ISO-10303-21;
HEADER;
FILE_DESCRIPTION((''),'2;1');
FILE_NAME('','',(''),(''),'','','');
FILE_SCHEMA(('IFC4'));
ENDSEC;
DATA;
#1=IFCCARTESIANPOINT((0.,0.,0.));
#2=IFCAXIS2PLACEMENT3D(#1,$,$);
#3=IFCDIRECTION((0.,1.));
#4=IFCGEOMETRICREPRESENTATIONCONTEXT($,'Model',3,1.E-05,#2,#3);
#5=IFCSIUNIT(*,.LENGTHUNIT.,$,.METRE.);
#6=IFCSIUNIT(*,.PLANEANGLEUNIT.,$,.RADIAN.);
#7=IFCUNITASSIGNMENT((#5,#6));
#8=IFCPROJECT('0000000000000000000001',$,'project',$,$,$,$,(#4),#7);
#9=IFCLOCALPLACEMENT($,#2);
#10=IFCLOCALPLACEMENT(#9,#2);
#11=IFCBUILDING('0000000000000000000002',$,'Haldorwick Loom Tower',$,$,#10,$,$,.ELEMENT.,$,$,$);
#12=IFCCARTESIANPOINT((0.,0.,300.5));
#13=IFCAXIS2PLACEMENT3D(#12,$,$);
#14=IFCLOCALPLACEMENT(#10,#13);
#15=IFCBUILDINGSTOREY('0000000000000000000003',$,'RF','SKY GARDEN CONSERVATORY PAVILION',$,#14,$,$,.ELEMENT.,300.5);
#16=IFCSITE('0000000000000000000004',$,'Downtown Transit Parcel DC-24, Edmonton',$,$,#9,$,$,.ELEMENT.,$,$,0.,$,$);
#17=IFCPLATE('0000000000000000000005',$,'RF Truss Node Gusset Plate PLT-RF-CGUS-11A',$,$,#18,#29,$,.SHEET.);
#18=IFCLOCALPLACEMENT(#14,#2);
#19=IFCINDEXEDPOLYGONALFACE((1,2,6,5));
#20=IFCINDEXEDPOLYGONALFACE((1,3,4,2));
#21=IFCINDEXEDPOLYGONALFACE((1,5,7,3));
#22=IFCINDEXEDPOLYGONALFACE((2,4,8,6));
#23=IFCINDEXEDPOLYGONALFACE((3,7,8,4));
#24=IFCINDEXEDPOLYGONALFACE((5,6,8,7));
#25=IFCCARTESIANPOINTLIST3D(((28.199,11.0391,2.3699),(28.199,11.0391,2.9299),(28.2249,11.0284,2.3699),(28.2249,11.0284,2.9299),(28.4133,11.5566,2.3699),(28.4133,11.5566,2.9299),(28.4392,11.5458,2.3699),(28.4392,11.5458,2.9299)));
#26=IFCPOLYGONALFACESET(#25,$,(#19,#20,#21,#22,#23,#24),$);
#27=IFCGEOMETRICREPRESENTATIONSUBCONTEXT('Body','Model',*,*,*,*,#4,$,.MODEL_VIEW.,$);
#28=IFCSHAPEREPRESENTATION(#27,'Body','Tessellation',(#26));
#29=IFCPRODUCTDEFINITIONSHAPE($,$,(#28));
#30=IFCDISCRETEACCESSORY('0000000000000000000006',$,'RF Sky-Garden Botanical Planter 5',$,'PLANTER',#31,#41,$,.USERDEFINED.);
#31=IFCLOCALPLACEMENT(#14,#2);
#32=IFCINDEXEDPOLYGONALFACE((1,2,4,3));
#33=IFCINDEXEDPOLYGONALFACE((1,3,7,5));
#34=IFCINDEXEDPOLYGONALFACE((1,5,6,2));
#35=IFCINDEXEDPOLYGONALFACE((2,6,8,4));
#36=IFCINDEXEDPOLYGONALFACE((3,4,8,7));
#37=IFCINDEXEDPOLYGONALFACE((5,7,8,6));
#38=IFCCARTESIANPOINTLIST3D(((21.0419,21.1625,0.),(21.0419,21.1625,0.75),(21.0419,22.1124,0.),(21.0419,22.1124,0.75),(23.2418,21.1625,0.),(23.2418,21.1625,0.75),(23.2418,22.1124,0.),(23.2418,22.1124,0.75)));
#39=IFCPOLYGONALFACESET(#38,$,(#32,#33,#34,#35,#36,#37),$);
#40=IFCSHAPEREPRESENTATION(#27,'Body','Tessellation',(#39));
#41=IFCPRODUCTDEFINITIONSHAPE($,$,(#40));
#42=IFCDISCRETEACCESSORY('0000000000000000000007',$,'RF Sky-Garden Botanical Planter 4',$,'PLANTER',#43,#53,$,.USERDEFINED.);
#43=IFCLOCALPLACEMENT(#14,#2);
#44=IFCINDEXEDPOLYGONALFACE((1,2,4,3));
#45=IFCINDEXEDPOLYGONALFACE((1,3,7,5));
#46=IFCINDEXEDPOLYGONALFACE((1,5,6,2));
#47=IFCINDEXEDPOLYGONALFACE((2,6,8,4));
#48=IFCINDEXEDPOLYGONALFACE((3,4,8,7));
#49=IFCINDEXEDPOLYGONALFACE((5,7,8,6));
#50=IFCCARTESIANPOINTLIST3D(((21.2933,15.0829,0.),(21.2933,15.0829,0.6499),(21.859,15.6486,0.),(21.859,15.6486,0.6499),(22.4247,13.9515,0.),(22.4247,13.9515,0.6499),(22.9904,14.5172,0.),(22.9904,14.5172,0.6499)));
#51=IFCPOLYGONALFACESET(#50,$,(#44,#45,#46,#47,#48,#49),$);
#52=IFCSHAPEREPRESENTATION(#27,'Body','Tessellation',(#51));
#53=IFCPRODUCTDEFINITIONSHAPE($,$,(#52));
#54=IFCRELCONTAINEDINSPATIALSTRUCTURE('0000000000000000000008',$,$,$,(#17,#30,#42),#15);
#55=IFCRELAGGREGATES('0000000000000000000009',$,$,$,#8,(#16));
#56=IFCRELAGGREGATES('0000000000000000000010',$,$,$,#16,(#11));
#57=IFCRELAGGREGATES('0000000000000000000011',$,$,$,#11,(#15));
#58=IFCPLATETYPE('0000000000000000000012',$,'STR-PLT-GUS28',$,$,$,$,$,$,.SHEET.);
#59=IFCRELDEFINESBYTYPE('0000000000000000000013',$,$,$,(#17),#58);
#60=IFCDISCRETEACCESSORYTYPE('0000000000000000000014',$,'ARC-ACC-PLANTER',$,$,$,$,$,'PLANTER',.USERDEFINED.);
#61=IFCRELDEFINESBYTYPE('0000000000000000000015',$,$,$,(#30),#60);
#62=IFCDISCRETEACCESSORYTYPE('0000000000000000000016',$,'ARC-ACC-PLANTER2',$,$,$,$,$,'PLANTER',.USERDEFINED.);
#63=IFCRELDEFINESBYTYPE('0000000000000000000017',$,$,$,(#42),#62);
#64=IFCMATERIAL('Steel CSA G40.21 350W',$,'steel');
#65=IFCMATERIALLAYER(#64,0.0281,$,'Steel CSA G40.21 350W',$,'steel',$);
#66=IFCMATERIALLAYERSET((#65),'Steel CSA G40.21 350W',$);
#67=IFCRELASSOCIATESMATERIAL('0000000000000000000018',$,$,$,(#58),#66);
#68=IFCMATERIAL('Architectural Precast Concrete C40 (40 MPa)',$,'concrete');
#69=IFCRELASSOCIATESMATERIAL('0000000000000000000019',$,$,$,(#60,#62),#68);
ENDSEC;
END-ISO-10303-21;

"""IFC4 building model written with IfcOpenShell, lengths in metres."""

from ifc_helpers import new_model, si_unit, direction, frame, origin, origin_2d, place, context, subcontext, project, spatial, rectangle, extrude, material, layer, layer_set, type_object, element, save


model = new_model("IFC4")

# Units and contexts
model_context = context("Model", 3, precision=1e-05, world=origin(), true_north=direction((0.0, 1.0)))
body_context = subcontext(model_context, "Body", "Model", "MODEL_VIEW")
ifc_project = project(units=[si_unit("LENGTHUNIT", "METRE"), si_unit("PLANEANGLEUNIT", "RADIAN")], contexts=[model_context])

# Site, building, storey
site_placement = place(None, origin())
site = spatial("IfcSite", under=ifc_project, at=site_placement, Name="Downtown Transit Parcel DC-24, Edmonton", CompositionType="ELEMENT", RefElevation=0.0)
building_placement = place(site_placement, origin())
building = spatial("IfcBuilding", under=site, at=building_placement, Name="Haldorwick Loom Tower", CompositionType="ELEMENT")
storey_placement = place(building_placement, frame((0.0, 0.0, 300.5)))
storey = spatial("IfcBuildingStorey", under=building, at=storey_placement, Name="RF", Description="SKY GARDEN CONSERVATORY PAVILION", CompositionType="ELEMENT", Elevation=300.5)

# Shared definitions
ifc_material_1 = material(Name="Steel CSA G40.21 350W", Category="steel")

# Plate
ifc_layer = layer(ifc_material_1, 0.0281, Name="Steel CSA G40.21 350W", Category="steel")
ifc_layer_set = layer_set([ifc_layer], Name="Steel CSA G40.21 350W")
plate_type = type_object("IfcPlateType", Name="STR-PLT-GUS28", PredefinedType="SHEET", material=ifc_layer_set)
for number, where, z_axis, x_axis, name in (
    (1, (28.3191, 11.2925, 2.3699), (0.0, 0.0, 1.0), (-0.382683, -0.92388, 0.0), "RF Truss Node Gusset Plate PLT-RF-CGUS-11A"),
):
    element("IfcPlate", number, at=place(storey_placement, frame(where, z_axis=z_axis, x_axis=x_axis)), inside=storey, type_object=plate_type, Name=name, PredefinedType="SHEET", context=body_context, shape_type="SweptSolid", body=[
        extrude(rectangle(XDim=0.5601, YDim=0.0281, at=origin_2d()), origin(), (0.0, 0.0, 1.0), 0.5601),
    ])

# Discrete accessories
ifc_material_2 = material(Name="Architectural Precast Concrete C40 (40 MPa)", Category="concrete")
discrete_accessory_type_1 = type_object("IfcDiscreteAccessoryType", Name="ARC-ACC-PLANTER", ElementType="PLANTER", PredefinedType="USERDEFINED", material=ifc_material_2)
discrete_accessory_1_placement = place(storey_placement, frame((22.1418, 21.6375, 0.0), z_axis=(0.0, 0.0, 1.0), x_axis=(-1.0, 0.0, 0.0)))
element("IfcDiscreteAccessory", 2, at=discrete_accessory_1_placement, inside=storey, type_object=discrete_accessory_type_1, Name="RF Sky-Garden Botanical Planter 5", ObjectType="PLANTER", PredefinedType="USERDEFINED", context=body_context, shape_type="SweptSolid", body=[
    extrude(rectangle(XDim=2.2, YDim=0.95, at=origin_2d()), origin(), (0.0, 0.0, 1.0), 0.75),
])
discrete_accessory_type_2 = type_object("IfcDiscreteAccessoryType", Name="ARC-ACC-PLANTER2", ElementType="PLANTER", PredefinedType="USERDEFINED", material=ifc_material_2)
discrete_accessory_2_placement = place(storey_placement, frame((22.1418, 14.8, 0.0), z_axis=(0.0, 0.0, 1.0), x_axis=(-0.707107, 0.707107, 0.0)))
element("IfcDiscreteAccessory", 3, at=discrete_accessory_2_placement, inside=storey, type_object=discrete_accessory_type_2, Name="RF Sky-Garden Botanical Planter 4", ObjectType="PLANTER", PredefinedType="USERDEFINED", context=body_context, shape_type="SweptSolid", body=[
    extrude(rectangle(XDim=1.6001, YDim=0.8, at=origin_2d()), origin(), (0.0, 0.0, 1.0), 0.6499),
])

save(model, "model.ifc")
